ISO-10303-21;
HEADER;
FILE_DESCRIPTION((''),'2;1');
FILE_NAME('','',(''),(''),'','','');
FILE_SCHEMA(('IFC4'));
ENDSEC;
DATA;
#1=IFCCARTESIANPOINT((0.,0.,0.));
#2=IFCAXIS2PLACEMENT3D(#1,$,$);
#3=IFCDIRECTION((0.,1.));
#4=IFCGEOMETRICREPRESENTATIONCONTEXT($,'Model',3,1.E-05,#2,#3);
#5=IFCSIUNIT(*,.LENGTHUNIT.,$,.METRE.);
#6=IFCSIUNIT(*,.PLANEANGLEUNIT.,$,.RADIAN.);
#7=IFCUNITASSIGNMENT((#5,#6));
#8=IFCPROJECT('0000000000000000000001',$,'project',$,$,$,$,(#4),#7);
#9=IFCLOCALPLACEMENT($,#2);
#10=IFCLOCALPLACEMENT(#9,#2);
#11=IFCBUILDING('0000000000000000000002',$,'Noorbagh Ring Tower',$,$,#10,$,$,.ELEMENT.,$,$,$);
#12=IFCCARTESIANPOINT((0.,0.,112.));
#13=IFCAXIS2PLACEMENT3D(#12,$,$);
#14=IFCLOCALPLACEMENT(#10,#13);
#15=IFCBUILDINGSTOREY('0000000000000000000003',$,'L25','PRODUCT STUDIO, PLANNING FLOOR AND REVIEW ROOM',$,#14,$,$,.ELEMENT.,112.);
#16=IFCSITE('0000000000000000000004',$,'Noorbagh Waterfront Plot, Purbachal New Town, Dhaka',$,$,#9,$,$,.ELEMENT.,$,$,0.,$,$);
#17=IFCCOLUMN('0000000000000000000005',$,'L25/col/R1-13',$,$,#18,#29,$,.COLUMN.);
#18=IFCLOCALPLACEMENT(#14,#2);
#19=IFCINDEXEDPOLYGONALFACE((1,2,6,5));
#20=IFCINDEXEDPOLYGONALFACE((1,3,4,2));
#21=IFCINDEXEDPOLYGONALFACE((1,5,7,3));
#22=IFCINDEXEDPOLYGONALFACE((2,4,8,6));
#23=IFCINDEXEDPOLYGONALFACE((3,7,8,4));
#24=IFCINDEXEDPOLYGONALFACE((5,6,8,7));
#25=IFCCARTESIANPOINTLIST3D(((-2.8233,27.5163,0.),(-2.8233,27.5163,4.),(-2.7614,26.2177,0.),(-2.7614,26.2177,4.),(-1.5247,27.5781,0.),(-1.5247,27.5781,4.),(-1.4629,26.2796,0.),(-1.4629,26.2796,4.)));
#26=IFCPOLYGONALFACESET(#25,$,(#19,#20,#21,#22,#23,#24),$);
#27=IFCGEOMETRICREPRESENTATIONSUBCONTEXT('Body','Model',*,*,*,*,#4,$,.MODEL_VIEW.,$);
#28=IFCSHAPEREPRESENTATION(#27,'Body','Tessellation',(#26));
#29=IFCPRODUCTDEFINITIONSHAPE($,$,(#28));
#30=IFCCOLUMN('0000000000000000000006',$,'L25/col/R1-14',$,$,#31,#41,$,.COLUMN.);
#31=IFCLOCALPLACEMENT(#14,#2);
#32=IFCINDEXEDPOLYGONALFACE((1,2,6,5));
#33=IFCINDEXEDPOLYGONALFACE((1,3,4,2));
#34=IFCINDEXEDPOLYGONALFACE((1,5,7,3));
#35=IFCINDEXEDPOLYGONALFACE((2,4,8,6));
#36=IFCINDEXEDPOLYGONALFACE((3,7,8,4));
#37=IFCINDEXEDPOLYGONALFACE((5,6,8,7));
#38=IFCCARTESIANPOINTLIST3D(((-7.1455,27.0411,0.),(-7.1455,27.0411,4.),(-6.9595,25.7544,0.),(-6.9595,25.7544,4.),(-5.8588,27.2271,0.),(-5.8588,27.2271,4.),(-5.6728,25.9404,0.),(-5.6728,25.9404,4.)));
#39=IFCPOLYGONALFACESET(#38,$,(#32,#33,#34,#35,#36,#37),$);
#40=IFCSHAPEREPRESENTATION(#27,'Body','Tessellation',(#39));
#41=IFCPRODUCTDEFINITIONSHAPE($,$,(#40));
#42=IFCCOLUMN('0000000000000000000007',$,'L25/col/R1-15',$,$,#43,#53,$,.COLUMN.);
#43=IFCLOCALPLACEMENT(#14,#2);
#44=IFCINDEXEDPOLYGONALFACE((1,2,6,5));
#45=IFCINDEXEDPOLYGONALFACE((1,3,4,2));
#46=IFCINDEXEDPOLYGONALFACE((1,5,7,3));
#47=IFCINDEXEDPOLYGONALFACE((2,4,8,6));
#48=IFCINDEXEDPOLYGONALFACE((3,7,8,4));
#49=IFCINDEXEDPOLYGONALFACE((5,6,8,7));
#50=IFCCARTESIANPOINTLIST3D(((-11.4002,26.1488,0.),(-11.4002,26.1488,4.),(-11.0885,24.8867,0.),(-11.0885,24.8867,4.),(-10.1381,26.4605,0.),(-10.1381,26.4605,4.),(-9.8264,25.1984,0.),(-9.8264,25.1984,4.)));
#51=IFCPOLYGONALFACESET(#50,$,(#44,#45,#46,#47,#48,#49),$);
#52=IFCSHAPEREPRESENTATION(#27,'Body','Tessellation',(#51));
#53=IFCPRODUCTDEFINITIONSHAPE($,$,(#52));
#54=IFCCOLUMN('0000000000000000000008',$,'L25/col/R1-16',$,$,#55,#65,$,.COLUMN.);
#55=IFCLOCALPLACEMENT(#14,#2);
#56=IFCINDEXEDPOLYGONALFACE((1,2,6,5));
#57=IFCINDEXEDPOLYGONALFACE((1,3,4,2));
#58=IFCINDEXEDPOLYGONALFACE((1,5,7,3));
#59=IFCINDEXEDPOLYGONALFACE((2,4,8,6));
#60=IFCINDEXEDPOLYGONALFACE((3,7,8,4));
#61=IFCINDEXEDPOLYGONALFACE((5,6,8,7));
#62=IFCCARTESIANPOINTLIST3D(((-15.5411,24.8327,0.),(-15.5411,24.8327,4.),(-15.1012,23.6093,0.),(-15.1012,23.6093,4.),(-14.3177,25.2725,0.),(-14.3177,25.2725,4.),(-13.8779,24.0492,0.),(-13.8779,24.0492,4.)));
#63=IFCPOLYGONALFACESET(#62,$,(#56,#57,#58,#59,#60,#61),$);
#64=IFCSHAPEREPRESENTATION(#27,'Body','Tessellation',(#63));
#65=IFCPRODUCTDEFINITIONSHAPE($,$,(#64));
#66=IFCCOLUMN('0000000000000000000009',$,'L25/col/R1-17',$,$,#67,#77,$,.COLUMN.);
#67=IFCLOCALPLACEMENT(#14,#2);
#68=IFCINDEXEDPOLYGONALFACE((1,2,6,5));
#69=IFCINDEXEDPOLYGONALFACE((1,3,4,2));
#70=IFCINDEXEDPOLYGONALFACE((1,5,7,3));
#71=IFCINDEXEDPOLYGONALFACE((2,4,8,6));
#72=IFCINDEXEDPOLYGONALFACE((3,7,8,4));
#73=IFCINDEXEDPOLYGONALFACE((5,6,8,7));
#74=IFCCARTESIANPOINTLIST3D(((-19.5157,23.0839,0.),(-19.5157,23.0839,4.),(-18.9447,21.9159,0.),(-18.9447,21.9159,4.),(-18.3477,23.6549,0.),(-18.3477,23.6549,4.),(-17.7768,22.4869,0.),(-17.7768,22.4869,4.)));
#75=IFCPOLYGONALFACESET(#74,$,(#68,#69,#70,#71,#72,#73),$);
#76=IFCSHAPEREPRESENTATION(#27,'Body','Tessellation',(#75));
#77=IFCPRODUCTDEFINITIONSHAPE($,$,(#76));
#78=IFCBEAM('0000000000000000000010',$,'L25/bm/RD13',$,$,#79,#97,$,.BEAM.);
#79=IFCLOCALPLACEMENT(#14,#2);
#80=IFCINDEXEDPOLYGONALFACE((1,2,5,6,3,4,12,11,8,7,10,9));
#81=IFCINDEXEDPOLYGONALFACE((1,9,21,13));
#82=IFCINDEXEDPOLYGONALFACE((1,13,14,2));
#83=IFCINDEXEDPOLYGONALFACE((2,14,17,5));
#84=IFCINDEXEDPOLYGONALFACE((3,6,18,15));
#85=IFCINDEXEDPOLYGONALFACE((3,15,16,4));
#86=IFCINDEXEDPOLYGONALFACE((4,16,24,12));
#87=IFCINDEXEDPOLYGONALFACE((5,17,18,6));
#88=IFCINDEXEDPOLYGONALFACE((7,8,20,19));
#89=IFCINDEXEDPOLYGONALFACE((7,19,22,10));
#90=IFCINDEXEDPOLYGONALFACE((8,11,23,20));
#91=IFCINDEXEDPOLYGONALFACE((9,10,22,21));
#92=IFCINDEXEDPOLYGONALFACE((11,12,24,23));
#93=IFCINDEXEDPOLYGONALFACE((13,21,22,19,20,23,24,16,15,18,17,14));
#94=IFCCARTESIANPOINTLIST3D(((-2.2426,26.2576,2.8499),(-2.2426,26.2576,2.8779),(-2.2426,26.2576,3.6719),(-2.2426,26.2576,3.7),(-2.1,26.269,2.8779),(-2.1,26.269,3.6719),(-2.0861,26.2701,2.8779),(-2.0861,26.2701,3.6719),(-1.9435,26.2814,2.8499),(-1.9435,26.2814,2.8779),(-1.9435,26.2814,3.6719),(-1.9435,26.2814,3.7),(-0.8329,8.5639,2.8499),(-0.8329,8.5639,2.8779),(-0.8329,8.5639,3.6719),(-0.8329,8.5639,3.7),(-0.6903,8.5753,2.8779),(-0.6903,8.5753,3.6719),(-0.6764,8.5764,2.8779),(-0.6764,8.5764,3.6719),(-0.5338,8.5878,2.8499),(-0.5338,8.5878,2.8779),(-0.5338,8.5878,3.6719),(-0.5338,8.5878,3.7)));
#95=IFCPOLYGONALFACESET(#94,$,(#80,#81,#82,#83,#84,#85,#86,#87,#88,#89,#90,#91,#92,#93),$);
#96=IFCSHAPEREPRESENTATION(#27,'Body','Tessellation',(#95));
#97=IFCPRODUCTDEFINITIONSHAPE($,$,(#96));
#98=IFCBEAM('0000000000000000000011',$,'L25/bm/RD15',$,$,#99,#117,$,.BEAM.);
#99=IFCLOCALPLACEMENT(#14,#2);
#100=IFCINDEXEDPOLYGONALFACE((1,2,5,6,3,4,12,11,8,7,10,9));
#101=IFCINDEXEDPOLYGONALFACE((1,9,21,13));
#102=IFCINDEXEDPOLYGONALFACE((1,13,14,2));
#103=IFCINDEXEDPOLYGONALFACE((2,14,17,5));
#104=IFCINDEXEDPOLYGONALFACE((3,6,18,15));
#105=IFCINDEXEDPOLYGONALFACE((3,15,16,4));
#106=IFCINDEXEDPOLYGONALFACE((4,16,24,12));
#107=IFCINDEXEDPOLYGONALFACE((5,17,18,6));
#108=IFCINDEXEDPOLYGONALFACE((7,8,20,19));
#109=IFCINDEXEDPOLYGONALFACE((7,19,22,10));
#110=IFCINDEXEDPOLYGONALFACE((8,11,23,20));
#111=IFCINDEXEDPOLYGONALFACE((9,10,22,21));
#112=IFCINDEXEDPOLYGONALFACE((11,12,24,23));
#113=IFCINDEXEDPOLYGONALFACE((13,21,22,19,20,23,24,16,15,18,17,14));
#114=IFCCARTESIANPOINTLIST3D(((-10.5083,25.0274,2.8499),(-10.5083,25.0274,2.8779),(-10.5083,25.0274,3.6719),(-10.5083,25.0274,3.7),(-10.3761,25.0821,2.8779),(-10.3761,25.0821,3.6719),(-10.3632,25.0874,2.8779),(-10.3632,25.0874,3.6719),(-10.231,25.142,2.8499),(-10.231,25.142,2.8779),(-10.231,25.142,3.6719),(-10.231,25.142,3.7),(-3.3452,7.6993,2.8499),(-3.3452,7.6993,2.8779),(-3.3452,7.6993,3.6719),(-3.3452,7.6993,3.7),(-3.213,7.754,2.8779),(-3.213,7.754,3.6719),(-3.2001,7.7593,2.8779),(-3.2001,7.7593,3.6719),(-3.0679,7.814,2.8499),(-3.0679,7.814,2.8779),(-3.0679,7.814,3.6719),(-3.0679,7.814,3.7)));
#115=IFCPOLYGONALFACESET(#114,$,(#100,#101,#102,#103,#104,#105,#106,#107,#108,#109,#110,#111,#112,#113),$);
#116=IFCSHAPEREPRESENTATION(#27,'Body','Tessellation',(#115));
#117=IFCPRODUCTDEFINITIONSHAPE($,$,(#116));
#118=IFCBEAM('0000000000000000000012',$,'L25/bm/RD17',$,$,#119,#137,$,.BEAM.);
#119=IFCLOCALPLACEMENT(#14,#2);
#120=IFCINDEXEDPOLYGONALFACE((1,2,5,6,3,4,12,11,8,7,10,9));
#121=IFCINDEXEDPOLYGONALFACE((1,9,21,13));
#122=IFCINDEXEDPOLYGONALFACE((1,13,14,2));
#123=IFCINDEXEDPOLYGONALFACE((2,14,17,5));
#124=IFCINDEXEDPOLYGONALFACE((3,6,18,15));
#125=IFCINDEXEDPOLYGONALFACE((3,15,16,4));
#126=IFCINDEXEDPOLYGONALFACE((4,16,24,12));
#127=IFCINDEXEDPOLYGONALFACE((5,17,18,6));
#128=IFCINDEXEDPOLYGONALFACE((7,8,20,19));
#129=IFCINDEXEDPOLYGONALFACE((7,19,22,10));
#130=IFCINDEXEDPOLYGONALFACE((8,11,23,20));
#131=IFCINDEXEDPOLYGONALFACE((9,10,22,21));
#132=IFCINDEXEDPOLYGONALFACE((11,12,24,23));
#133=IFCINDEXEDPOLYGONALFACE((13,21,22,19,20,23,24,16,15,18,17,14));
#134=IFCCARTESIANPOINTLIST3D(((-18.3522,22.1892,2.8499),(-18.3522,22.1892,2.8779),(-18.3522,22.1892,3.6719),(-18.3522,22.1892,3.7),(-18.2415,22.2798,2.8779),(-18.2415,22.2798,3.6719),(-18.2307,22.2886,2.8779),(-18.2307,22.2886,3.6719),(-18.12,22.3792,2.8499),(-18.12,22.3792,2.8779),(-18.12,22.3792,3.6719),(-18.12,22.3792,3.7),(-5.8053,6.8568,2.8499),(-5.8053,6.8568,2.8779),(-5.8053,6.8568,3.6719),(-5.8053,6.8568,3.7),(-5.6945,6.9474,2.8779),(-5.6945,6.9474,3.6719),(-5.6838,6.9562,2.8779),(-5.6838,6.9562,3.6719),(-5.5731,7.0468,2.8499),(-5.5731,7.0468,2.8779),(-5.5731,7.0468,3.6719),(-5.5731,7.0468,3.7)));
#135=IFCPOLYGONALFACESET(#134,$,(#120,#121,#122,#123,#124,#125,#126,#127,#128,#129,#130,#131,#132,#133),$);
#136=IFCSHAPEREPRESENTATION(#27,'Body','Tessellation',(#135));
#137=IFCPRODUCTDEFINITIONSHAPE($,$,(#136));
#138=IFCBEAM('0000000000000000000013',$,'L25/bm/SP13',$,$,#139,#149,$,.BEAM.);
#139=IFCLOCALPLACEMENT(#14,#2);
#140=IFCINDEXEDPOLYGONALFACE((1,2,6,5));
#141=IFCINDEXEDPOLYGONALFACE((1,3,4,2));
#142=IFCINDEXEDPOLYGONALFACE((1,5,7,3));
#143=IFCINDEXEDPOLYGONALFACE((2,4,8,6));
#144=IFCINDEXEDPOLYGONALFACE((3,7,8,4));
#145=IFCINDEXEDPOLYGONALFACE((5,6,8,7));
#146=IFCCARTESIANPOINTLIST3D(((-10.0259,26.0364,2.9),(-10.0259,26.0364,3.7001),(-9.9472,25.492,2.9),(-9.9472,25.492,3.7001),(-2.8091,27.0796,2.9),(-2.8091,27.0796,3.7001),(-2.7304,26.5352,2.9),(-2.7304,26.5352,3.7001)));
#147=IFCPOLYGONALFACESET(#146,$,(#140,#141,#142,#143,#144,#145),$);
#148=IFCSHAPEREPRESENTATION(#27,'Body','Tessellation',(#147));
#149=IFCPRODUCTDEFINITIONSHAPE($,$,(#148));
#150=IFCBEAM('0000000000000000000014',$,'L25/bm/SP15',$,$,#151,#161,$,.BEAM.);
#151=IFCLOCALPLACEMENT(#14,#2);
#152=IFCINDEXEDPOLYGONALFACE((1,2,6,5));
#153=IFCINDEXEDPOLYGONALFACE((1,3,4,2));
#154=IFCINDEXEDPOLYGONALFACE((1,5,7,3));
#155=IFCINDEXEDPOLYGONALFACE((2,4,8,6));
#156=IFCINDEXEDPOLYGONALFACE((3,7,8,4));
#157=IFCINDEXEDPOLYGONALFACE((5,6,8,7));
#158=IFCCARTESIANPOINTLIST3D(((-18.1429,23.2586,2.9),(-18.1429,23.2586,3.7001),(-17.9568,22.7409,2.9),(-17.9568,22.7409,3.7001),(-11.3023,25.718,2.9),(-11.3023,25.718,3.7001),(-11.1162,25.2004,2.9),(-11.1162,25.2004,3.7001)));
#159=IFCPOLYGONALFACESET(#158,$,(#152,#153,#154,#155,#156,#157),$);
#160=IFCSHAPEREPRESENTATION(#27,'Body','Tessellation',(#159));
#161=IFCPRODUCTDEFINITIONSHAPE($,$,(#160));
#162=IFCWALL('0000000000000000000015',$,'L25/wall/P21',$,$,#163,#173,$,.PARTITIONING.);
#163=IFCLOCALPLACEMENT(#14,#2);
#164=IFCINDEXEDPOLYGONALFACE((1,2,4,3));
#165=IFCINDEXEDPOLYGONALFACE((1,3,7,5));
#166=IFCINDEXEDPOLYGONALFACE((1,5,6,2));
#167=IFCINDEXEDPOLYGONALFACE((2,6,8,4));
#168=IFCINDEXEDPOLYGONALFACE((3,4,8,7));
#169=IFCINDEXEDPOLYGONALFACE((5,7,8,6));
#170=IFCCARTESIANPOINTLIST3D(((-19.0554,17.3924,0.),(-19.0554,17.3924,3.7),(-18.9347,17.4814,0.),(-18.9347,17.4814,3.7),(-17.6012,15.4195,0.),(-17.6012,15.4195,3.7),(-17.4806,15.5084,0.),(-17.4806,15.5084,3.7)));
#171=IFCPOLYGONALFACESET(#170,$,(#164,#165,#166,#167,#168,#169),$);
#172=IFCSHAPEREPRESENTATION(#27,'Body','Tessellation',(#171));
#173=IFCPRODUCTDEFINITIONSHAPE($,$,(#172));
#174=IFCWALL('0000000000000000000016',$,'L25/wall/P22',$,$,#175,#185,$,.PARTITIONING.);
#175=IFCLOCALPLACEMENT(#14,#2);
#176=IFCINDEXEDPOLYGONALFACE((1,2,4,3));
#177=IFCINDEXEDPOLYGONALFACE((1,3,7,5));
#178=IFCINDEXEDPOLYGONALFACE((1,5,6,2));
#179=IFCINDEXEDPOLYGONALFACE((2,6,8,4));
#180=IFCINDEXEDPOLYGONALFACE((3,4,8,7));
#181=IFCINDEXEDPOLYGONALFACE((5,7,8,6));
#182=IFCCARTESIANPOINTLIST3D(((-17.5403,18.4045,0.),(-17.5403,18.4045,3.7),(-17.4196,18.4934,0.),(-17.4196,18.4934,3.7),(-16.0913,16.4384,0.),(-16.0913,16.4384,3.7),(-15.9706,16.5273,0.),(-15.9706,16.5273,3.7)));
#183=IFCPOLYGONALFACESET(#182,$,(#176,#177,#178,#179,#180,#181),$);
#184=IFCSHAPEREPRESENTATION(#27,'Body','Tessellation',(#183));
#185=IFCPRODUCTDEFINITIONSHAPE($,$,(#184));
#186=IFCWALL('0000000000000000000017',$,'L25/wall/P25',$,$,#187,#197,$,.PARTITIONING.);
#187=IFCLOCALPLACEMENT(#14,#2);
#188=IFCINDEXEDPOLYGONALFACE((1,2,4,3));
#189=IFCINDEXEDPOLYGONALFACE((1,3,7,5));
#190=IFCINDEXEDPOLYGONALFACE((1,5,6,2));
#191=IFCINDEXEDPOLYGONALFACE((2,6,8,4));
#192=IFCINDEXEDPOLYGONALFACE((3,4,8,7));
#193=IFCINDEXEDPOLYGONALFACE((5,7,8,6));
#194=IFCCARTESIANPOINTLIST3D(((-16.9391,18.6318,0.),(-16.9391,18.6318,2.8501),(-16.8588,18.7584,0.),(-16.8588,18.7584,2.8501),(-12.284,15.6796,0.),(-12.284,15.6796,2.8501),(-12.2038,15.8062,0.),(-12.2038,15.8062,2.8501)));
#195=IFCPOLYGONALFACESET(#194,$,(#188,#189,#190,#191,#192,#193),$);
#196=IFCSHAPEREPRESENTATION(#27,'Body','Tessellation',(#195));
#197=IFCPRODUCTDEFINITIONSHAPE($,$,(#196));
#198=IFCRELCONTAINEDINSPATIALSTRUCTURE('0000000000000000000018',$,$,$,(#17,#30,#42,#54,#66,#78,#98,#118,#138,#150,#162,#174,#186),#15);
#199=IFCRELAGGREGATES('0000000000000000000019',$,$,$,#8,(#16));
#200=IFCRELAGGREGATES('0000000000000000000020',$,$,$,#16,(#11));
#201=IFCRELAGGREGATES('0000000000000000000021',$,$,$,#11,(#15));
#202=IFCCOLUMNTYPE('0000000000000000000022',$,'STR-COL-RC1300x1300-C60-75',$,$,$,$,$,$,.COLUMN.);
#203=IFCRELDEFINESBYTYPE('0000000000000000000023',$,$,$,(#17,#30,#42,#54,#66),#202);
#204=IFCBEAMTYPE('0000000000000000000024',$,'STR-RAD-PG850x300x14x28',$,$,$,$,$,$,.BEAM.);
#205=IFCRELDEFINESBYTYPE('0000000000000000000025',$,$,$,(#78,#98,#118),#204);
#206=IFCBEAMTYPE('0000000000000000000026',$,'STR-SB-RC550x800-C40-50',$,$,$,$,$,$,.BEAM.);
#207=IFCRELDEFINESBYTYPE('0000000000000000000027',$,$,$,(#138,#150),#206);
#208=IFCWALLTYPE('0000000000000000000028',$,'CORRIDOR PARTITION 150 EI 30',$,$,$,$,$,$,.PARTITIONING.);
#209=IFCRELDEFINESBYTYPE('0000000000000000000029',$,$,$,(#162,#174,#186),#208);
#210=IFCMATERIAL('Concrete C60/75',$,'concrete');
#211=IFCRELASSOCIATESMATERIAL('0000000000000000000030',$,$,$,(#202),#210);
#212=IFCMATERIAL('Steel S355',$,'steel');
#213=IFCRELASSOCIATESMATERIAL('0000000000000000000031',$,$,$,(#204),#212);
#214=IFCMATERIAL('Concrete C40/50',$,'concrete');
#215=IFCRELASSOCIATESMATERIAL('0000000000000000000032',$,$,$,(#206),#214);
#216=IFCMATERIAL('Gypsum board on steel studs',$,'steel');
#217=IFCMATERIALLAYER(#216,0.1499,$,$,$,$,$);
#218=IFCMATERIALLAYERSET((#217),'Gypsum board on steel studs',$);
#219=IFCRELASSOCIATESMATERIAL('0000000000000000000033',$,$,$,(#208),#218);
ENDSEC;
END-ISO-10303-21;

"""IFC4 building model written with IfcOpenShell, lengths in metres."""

from ifc_helpers import new_model, si_unit, direction, frame, frame_2d, origin, origin_2d, place, context, subcontext, project, spatial, rectangle, i_section, extrude, material, layer, layer_set, material_profile, profile_set, type_object, element, save


model = new_model("IFC4")

# Units and contexts
model_context = context("Model", 3, precision=1e-05, world=origin(), true_north=direction((0.0, 1.0)))
body_context = subcontext(model_context, "Body", "Model", "MODEL_VIEW")
ifc_project = project(units=[si_unit("LENGTHUNIT", "METRE"), si_unit("PLANEANGLEUNIT", "RADIAN")], contexts=[model_context])

# Site, building, storey
site_placement = place(None, origin())
site = spatial("IfcSite", under=ifc_project, at=site_placement, Name="Noorbagh Waterfront Plot, Purbachal New Town, Dhaka", CompositionType="ELEMENT", RefElevation=0.0)
building_placement = place(site_placement, origin())
building = spatial("IfcBuilding", under=site, at=building_placement, Name="Noorbagh Ring Tower", CompositionType="ELEMENT")
storey_placement = place(building_placement, frame((0.0, 0.0, 112.0)))
storey = spatial("IfcBuildingStorey", under=building, at=storey_placement, Name="L25", Description="PRODUCT STUDIO, PLANNING FLOOR AND REVIEW ROOM", CompositionType="ELEMENT", Elevation=112.0)

# Columns
ifc_material_1 = material(Name="Concrete C60/75", Category="concrete")
ifc_material_profile_1 = material_profile(ifc_material_1, rectangle(XDim=1.3, YDim=1.3, at=origin_2d()), Name="RC1300x1300")
ifc_profile_set_1 = profile_set([ifc_material_profile_1], Name="Concrete C60/75")
column_type = type_object("IfcColumnType", Name="STR-COL-RC1300x1300-C60-75", PredefinedType="COLUMN", material=ifc_profile_set_1)
for number, where, z_axis, x_axis, name in (
    (1, (-2.1431, 26.8979, 0.0), (0.0, 0.0, 1.0), (-0.998869, -0.047553, 0.0), "L25/col/R1-13"),
    (2, (-6.4092, 26.4907, 0.0), (0.0, 0.0, 1.0), (-0.989713, -0.143066, 0.0), "L25/col/R1-14"),
    (3, (-10.6133, 25.6736, 0.0), (0.0, 0.0, 1.0), (-0.970829, -0.239771, 0.0), "L25/col/R1-15"),
    (4, (-14.7095, 24.4409, 0.0), (0.0, 0.0, 1.0), (-0.941025, -0.338338, 0.0), "L25/col/R1-16"),
    (5, (-18.6462, 22.7854, 0.0), (0.0, 0.0, 1.0), (-0.898399, -0.43918, 0.0), "L25/col/R1-17"),
):
    element("IfcColumn", number, at=place(storey_placement, frame(where, z_axis=z_axis, x_axis=x_axis)), inside=storey, type_object=column_type, Name=name, PredefinedType="COLUMN", context=body_context, shape_type="SweptSolid", body=[
        extrude(rectangle(XDim=1.3, YDim=1.3, at=origin_2d()), origin(), (0.0, 0.0, 1.0), 4.0),
    ])

# Beams
ifc_material_2 = material(Name="Steel S355", Category="steel")
ifc_material_profile_2 = material_profile(ifc_material_2, i_section(OverallWidth=0.3, OverallDepth=0.8501, WebThickness=0.0139, FlangeThickness=0.0281, at=origin_2d()), Name="PG850x300x14x28")
ifc_profile_set_2 = profile_set([ifc_material_profile_2], Name="Steel S355")
beam_type_1 = type_object("IfcBeamType", Name="STR-RAD-PG850x300x14x28", PredefinedType="BEAM", material=ifc_profile_set_2)
beam_1_placement = place(storey_placement, frame((-2.093, 26.2695, 3.2749), z_axis=(0.079419, -0.996841, 0.0), x_axis=(0.996841, 0.079419, 0.0)))
element("IfcBeam", 6, at=beam_1_placement, inside=storey, type_object=beam_type_1, Name="L25/bm/RD13", PredefinedType="BEAM", context=body_context, shape_type="SweptSolid", body=[
    extrude(i_section(OverallWidth=0.3, OverallDepth=0.8501, WebThickness=0.0139, FlangeThickness=0.0281, at=origin_2d()), origin(), (0.0, 0.0, 1.0), 17.7498),
])
beam_2_placement = place(storey_placement, frame((-10.3696, 25.0847, 3.2749), z_axis=(0.382025, -0.924152, 0.0), x_axis=(0.924152, 0.382025, 0.0)))
element("IfcBeam", 7, at=beam_2_placement, inside=storey, type_object=beam_type_1, Name="L25/bm/RD15", PredefinedType="BEAM", context=body_context, shape_type="SweptSolid", body=[
    extrude(i_section(OverallWidth=0.3, OverallDepth=0.8501, WebThickness=0.0139, FlangeThickness=0.0281, at=origin_2d()), origin(), (0.0, 0.0, 1.0), 18.7502),
])
beam_3_placement = place(storey_placement, frame((-18.2361, 22.2842, 3.2749), z_axis=(0.633307, -0.773901, 0.0), x_axis=(0.773901, 0.633307, 0.0)))
element("IfcBeam", 8, at=beam_3_placement, inside=storey, type_object=beam_type_1, Name="L25/bm/RD17", PredefinedType="BEAM", context=body_context, shape_type="SweptSolid", body=[
    extrude(i_section(OverallWidth=0.3, OverallDepth=0.8501, WebThickness=0.0139, FlangeThickness=0.0281, at=origin_2d()), origin(), (0.0, 0.0, 1.0), 19.8118),
])
ifc_material_3 = material(Name="Concrete C40/50", Category="concrete")
ifc_material_profile_3 = material_profile(ifc_material_3, rectangle(XDim=0.55, YDim=0.8, at=origin_2d()), Name="RC550x800")
ifc_profile_set_3 = profile_set([ifc_material_profile_3], Name="Concrete C40/50")
beam_type_2 = type_object("IfcBeamType", Name="STR-SB-RC550x800-C40-50", PredefinedType="BEAM", material=ifc_profile_set_3)
beam_4_placement = place(storey_placement, frame((-2.7698, 26.8074, 3.3), z_axis=(-0.989713, -0.143066, 0.0), x_axis=(0.143066, -0.989713, 0.0)))
element("IfcBeam", 9, at=beam_4_placement, inside=storey, type_object=beam_type_2, Name="L25/bm/SP13", PredefinedType="BEAM", context=body_context, shape_type="SweptSolid", body=[
    extrude(rectangle(XDim=0.55, YDim=0.8, at=origin_2d()), origin(), (0.0, 0.0, 1.0), 7.2917),
])
beam_5_placement = place(storey_placement, frame((-11.2092, 25.4592, 3.3), z_axis=(-0.941025, -0.338338, 0.0), x_axis=(0.338338, -0.941025, 0.0)))
element("IfcBeam", 10, at=beam_5_placement, inside=storey, type_object=beam_type_2, Name="L25/bm/SP15", PredefinedType="BEAM", context=body_context, shape_type="SweptSolid", body=[
    extrude(rectangle(XDim=0.55, YDim=0.8, at=origin_2d()), origin(), (0.0, 0.0, 1.0), 7.2693),
])

# Walls
ifc_material_4 = material(Name="Gypsum board on steel studs", Category="steel")
ifc_layer_1 = layer(ifc_material_4, 0.1499)
ifc_layer_set_1 = layer_set([ifc_layer_1], Name="Gypsum board on steel studs")
wall_type_1 = type_object("IfcWallType", Name="CORRIDOR PARTITION 150 EI 30", PredefinedType="PARTITIONING", material=ifc_layer_set_1)
wall_1_placement = place(storey_placement, frame((-18.9951, 17.437, 0.0), z_axis=(0.0, 0.0, 1.0), x_axis=(0.593301, -0.804981, 0.0)))
element("IfcWall", 11, at=wall_1_placement, inside=storey, type_object=wall_type_1, Name="L25/wall/P21", PredefinedType="PARTITIONING", context=body_context, shape_type="SweptSolid", body=[
    extrude(rectangle(XDim=2.4509, YDim=0.1499, at=frame_2d((1.2256, 0.0))), origin(), (0.0, 0.0, 1.0), 3.7),
])
wall_2_placement = place(storey_placement, frame((-17.48, 18.449, 0.0), z_axis=(0.0, 0.0, 1.0), x_axis=(0.593277, -0.804998, 0.0)))
element("IfcWall", 12, at=wall_2_placement, inside=storey, type_object=wall_type_1, Name="L25/wall/P22", PredefinedType="PARTITIONING", context=body_context, shape_type="SweptSolid", body=[
    extrude(rectangle(XDim=2.4424, YDim=0.1499, at=frame_2d((1.2212, 0.0))), origin(), (0.0, 0.0, 1.0), 3.7),
])
wall_3_placement = place(storey_placement, frame((-16.8989, 18.6951, 0.0), z_axis=(0.0, 0.0, 1.0), x_axis=(0.844494, -0.535565, 0.0)))
element("IfcWall", 13, at=wall_3_placement, inside=storey, type_object=wall_type_1, Name="L25/wall/P25", PredefinedType="PARTITIONING", context=body_context, shape_type="SweptSolid", body=[
    extrude(rectangle(XDim=5.5122, YDim=0.1499, at=frame_2d((2.7561, 0.0))), origin(), (0.0, 0.0, 1.0), 2.8501),
])

save(model, "model.ifc")
